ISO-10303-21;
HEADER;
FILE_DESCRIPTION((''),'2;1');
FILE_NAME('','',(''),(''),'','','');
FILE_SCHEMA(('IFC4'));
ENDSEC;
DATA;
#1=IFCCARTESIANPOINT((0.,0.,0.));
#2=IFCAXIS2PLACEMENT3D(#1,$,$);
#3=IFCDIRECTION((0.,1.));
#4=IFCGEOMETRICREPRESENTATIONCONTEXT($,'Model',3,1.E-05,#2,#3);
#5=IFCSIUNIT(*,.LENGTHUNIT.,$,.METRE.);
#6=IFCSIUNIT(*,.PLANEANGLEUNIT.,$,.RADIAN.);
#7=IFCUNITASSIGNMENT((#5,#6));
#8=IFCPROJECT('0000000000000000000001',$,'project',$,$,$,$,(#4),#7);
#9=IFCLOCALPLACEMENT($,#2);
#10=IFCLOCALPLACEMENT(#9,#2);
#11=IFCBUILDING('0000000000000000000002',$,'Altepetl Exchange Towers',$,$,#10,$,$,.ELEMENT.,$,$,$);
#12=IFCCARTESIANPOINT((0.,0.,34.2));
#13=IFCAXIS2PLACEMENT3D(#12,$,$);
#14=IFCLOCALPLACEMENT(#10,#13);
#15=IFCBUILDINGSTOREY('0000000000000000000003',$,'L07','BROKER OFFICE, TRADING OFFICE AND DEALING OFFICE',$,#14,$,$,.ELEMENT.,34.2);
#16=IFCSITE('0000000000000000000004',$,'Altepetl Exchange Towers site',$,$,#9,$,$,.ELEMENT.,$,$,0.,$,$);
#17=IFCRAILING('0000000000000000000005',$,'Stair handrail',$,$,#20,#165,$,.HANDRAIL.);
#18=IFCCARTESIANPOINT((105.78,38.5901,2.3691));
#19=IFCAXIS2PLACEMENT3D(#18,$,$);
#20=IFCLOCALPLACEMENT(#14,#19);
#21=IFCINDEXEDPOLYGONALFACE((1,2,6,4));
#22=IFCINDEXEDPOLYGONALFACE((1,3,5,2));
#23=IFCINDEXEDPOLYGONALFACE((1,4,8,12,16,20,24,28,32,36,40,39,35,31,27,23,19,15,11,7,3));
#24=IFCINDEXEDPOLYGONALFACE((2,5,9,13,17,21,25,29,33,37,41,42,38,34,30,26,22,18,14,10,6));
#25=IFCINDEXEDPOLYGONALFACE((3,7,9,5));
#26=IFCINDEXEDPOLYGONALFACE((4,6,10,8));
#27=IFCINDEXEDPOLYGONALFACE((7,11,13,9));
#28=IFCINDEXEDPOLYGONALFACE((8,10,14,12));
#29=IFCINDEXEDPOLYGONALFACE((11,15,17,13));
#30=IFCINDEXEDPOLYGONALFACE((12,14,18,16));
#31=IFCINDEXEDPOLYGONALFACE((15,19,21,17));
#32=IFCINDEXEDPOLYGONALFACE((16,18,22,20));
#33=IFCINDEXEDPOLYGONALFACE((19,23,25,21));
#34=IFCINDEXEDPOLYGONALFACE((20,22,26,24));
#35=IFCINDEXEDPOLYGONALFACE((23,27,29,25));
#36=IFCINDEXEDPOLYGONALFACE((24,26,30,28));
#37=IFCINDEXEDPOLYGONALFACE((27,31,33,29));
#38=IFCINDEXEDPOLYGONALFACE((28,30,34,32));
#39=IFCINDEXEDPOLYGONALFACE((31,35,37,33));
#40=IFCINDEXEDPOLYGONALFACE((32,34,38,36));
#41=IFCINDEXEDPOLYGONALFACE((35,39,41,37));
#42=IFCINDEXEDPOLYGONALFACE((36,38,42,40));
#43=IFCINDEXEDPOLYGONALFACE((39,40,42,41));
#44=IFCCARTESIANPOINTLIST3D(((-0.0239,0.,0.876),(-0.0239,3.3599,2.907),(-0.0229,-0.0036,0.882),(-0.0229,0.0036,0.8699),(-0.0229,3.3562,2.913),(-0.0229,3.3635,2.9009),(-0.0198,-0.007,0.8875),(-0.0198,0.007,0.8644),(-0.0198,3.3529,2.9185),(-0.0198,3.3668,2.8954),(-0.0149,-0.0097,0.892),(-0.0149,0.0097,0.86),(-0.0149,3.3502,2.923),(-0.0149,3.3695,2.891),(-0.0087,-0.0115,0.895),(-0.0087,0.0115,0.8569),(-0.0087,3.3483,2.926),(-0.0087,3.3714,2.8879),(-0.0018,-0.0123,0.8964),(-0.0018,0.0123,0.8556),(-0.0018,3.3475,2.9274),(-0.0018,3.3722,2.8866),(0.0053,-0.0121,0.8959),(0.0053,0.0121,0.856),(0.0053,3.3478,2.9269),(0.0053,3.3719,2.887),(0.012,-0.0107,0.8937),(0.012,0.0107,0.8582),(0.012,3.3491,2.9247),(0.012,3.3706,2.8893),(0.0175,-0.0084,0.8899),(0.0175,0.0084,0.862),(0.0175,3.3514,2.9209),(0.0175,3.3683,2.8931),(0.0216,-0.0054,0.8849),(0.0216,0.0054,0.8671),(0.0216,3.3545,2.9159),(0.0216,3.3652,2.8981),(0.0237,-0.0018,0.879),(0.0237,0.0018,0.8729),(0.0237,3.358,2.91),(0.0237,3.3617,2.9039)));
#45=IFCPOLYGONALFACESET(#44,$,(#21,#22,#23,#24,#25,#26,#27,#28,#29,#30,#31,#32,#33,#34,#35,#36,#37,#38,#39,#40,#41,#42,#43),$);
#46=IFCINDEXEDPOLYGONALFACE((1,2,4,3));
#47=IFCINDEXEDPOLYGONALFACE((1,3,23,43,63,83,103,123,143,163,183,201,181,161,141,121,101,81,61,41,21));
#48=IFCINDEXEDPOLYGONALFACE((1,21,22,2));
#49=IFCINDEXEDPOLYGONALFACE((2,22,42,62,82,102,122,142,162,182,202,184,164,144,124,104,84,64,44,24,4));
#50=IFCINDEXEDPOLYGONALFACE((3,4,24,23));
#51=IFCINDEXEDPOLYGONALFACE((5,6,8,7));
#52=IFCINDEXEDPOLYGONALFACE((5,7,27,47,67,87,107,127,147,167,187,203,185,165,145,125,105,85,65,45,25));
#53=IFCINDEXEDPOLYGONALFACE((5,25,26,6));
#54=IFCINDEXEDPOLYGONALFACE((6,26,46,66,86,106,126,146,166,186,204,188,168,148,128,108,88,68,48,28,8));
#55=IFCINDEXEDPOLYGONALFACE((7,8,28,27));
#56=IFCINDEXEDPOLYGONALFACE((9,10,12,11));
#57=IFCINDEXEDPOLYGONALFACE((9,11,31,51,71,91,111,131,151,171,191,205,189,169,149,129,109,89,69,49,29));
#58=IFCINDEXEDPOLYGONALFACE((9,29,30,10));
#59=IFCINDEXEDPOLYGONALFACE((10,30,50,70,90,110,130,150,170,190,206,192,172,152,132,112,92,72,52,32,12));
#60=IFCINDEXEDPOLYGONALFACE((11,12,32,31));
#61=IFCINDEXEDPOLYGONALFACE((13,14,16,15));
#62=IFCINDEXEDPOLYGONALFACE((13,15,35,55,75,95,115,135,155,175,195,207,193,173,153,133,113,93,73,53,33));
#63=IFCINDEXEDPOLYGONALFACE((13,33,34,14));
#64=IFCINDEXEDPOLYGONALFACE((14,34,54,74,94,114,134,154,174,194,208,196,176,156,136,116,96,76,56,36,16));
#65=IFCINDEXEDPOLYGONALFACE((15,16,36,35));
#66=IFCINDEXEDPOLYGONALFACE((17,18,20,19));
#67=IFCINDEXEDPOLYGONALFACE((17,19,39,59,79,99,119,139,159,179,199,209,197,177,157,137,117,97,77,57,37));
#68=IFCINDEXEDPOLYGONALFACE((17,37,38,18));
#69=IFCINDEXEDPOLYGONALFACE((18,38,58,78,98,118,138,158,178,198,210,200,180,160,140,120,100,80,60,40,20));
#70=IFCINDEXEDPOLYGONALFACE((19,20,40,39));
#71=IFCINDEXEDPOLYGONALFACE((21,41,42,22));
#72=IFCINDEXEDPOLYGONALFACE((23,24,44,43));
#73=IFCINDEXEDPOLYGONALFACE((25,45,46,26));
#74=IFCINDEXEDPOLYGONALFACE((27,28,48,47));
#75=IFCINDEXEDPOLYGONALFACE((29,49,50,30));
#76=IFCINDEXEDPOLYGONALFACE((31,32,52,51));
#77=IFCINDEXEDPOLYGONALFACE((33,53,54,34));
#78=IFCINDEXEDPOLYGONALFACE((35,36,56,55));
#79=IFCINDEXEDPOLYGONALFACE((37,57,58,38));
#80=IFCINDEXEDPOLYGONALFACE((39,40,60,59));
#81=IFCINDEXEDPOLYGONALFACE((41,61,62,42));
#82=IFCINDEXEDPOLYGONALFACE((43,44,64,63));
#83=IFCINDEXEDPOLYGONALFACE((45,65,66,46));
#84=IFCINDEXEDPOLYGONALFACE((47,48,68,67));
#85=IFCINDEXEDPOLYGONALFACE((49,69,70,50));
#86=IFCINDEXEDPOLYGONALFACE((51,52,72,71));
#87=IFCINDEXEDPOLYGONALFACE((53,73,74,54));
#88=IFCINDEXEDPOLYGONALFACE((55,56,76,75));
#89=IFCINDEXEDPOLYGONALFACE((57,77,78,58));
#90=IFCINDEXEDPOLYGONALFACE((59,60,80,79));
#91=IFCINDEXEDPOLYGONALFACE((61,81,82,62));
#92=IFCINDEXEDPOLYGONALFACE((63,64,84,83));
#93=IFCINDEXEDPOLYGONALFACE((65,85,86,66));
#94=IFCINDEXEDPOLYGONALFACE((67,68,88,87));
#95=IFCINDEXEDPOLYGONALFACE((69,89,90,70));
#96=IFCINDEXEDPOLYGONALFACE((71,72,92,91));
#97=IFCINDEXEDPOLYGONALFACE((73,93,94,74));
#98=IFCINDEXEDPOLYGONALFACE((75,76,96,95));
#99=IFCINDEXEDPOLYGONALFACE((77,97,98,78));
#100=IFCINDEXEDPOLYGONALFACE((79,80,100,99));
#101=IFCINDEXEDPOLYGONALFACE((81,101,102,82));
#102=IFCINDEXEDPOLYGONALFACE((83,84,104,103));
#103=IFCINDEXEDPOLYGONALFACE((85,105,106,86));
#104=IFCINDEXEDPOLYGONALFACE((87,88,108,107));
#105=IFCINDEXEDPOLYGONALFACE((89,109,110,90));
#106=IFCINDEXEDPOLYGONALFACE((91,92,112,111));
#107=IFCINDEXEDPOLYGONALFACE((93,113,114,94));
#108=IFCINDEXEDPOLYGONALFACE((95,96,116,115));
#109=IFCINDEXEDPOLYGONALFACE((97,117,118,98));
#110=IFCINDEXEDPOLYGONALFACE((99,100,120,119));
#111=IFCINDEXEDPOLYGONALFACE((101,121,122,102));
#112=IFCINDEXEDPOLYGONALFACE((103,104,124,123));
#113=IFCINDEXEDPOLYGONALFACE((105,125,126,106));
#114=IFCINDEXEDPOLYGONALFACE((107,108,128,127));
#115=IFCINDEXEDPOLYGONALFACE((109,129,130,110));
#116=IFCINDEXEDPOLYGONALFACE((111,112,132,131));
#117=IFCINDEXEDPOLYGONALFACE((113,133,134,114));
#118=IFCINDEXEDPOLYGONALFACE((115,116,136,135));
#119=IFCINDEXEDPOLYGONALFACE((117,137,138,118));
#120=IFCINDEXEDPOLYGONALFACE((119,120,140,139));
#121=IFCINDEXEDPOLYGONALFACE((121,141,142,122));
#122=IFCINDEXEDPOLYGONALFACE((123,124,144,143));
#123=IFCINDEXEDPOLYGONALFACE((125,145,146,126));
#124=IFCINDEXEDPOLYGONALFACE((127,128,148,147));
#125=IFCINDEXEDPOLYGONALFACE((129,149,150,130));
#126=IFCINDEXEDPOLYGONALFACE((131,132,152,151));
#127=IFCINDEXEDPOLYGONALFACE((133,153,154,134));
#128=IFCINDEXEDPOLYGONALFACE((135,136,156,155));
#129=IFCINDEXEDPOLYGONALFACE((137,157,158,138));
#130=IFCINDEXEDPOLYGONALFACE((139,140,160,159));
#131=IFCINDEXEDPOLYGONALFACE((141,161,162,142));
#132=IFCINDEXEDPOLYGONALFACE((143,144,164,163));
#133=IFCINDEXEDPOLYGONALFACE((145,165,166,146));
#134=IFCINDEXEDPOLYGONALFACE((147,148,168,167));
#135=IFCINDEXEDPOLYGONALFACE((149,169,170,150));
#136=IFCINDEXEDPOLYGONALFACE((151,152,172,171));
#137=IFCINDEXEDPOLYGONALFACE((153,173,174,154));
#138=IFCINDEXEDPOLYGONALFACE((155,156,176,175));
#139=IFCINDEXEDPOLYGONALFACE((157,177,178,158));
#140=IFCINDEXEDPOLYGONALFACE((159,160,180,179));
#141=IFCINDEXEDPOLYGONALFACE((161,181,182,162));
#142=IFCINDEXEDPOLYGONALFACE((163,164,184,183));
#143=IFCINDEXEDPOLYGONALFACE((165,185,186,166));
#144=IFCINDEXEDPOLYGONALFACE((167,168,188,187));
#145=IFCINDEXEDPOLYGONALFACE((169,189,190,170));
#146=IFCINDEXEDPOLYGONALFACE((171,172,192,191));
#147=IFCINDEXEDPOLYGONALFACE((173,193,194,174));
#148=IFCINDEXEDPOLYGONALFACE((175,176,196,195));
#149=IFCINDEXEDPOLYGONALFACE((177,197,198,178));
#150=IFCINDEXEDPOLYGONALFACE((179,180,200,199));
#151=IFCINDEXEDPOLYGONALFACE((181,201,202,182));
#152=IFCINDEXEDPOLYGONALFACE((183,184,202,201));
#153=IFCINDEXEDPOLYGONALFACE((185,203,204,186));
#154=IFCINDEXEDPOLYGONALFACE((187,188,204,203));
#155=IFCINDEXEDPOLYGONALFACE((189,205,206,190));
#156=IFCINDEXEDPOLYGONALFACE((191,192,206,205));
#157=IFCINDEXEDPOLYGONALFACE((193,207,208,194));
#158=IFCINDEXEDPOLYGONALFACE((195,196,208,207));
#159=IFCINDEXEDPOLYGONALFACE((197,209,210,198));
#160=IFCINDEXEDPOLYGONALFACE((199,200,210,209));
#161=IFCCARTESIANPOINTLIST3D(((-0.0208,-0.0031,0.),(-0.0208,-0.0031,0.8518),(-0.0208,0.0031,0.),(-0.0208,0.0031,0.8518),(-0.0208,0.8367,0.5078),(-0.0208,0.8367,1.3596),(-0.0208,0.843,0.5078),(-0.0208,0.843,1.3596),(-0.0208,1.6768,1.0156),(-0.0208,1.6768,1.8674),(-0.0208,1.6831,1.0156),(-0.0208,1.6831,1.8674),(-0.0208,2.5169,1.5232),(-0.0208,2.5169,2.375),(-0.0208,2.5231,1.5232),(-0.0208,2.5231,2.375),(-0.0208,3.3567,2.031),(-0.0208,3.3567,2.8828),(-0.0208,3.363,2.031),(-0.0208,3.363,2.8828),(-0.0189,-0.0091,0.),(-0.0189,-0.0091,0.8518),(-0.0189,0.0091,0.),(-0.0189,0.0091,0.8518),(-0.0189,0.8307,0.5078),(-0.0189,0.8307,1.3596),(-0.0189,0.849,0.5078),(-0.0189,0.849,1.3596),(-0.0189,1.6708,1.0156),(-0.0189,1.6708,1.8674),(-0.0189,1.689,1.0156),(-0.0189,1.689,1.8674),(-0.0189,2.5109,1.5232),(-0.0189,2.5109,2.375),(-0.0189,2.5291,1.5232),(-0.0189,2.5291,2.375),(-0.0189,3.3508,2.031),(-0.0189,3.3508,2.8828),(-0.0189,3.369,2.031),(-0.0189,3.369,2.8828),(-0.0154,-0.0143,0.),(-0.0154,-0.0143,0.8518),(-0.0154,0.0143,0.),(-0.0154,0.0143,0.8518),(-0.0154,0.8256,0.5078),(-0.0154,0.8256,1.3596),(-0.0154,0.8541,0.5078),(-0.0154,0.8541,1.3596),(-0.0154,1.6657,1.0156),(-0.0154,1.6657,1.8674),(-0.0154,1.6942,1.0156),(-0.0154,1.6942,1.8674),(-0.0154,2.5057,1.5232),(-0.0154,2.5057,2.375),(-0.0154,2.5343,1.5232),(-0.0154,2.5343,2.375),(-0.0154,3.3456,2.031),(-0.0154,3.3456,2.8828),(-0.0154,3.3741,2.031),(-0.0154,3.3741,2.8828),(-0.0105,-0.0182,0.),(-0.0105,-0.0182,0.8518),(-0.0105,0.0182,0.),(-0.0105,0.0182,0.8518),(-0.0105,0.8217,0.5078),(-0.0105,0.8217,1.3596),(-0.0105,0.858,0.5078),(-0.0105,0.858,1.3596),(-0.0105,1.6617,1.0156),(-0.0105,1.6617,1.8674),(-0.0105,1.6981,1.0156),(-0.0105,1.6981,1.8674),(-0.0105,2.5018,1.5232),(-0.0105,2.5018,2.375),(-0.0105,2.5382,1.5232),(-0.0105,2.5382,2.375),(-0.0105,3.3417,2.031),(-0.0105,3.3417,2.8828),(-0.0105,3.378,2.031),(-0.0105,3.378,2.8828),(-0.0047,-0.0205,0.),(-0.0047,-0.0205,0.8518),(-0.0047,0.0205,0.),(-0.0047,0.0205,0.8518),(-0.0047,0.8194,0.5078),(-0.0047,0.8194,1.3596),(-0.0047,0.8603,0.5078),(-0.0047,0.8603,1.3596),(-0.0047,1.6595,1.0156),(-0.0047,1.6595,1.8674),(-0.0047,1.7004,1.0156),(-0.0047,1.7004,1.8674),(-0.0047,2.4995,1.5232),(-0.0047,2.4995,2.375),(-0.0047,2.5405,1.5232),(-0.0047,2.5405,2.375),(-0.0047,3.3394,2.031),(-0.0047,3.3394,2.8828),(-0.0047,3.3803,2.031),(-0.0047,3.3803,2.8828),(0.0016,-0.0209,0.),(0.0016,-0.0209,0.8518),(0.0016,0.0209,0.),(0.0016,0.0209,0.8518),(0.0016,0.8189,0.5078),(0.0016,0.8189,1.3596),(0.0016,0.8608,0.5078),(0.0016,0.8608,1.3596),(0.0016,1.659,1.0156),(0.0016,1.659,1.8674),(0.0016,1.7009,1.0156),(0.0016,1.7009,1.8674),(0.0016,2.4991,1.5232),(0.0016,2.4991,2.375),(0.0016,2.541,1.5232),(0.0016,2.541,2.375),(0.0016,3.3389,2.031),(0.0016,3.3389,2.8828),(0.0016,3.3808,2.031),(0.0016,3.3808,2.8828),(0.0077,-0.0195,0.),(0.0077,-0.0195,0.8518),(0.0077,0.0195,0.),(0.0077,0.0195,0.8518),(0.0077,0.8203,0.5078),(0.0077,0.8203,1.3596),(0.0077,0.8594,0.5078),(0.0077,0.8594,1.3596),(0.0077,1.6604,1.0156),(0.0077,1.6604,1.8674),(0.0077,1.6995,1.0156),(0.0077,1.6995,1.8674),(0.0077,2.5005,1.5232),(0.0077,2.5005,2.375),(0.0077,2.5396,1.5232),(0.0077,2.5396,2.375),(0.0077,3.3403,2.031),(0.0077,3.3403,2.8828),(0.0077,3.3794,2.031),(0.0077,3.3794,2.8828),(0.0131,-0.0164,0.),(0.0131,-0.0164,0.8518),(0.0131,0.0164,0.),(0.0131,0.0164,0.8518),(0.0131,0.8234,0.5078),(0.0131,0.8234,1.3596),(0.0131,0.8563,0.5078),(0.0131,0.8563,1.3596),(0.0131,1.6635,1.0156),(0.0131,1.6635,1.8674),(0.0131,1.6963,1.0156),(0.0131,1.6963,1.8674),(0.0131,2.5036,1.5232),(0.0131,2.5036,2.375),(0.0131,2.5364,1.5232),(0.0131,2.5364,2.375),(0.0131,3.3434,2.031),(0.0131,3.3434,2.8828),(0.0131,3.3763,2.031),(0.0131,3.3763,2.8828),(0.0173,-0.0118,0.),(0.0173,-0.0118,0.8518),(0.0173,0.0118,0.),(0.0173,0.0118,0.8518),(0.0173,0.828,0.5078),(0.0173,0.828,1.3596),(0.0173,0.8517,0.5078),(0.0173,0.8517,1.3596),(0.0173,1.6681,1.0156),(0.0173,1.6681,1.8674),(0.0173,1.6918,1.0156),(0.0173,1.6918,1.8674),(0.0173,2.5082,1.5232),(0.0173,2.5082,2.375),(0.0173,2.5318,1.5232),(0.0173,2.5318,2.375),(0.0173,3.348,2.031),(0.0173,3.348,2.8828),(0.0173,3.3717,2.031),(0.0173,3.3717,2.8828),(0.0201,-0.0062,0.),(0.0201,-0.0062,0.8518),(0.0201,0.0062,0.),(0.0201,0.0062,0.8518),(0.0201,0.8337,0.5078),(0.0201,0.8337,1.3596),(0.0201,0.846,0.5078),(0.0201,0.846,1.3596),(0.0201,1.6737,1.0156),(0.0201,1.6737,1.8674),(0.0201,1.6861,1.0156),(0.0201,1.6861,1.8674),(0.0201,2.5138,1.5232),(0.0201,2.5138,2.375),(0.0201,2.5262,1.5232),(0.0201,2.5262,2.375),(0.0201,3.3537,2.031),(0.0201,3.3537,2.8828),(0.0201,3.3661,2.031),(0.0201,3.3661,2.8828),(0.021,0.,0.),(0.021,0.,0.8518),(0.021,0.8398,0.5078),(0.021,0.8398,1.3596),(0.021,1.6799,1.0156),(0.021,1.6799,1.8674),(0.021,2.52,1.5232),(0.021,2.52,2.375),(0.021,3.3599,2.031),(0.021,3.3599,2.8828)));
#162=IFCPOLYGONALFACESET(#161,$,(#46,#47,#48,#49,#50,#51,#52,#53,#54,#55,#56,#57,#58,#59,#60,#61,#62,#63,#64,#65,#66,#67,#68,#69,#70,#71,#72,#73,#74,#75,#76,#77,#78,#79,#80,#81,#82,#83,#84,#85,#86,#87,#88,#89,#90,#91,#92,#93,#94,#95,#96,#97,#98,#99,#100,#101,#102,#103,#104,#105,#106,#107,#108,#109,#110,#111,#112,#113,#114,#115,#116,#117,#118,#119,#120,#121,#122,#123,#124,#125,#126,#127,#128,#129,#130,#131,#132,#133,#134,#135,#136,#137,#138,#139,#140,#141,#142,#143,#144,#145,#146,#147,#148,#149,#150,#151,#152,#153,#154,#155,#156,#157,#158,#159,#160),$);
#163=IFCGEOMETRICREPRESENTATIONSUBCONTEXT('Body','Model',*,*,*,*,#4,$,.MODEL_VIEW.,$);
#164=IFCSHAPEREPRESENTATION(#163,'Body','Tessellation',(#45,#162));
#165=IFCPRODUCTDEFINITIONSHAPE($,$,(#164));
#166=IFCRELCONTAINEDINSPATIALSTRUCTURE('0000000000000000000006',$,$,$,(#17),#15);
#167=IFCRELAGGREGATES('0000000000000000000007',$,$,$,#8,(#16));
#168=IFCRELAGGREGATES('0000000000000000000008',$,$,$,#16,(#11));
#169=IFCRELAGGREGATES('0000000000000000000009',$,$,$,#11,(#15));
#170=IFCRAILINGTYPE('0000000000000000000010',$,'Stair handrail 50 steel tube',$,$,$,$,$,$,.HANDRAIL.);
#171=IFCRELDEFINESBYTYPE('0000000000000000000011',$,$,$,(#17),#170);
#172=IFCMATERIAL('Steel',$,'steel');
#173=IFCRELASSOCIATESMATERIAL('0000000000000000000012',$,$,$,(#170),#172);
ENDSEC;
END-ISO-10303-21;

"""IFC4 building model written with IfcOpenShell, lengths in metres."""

from ifc_helpers import new_model, si_unit, direction, frame, origin, origin_2d, place, context, subcontext, project, spatial, circle, extrude, source, transform, mapped, material, type_object, element, save


model = new_model("IFC4")

# Units and contexts
model_context = context("Model", 3, precision=1e-05, world=origin(), true_north=direction((0.0, 1.0)))
body_context = subcontext(model_context, "Body", "Model", "MODEL_VIEW")
ifc_project = project(units=[si_unit("LENGTHUNIT", "METRE"), si_unit("PLANEANGLEUNIT", "RADIAN")], contexts=[model_context])

# Site, building, storey
site_placement = place(None, origin())
site = spatial("IfcSite", under=ifc_project, at=site_placement, Name="Altepetl Exchange Towers site", CompositionType="ELEMENT", RefElevation=0.0)
building_placement = place(site_placement, origin())
building = spatial("IfcBuilding", under=site, at=building_placement, Name="Altepetl Exchange Towers", CompositionType="ELEMENT")
storey_placement = place(building_placement, frame((0.0, 0.0, 34.2)))
storey = spatial("IfcBuildingStorey", under=building, at=storey_placement, Name="L07", Description="BROKER OFFICE, TRADING OFFICE AND DEALING OFFICE", CompositionType="ELEMENT", Elevation=34.2)

# Railing
ifc_material_1 = material(Name="Steel", Category="steel")
railing_type = type_object("IfcRailingType", Name="Stair handrail 50 steel tube", PredefinedType="HANDRAIL", material=ifc_material_1)
shared_shape = source(origin(), body_context, "Body", "SweptSolid", [
    extrude(circle(Radius=0.021, at=origin_2d()), origin(), (0.0, 0.0, 1.0), 0.8518),
])
railing_placement = place(storey_placement, frame((105.78, 38.5901, 2.3691)))
element("IfcRailing", 1, at=railing_placement, inside=storey, type_object=railing_type, Name="Stair handrail", PredefinedType="HANDRAIL", context=body_context, shape_type="SweptSolid", body=[
    extrude(circle(Radius=0.0239, at=origin_2d()), frame((0.0, 0.0, 0.876), z_axis=(0.0, 0.855793, 0.517319), x_axis=(-1.0, 0.0, 0.0)), (0.0, 0.0, 1.0), 3.926),
    mapped(shared_shape, transform((0.0, 0.0, 0.0))),
    mapped(shared_shape, transform((0.0, 0.8398, 0.5078))),
    mapped(shared_shape, transform((0.0, 1.6799, 1.0156))),
    mapped(shared_shape, transform((0.0, 2.52, 1.5232))),
    mapped(shared_shape, transform((0.0, 3.3599, 2.031))),
])

save(model, "model.ifc")
